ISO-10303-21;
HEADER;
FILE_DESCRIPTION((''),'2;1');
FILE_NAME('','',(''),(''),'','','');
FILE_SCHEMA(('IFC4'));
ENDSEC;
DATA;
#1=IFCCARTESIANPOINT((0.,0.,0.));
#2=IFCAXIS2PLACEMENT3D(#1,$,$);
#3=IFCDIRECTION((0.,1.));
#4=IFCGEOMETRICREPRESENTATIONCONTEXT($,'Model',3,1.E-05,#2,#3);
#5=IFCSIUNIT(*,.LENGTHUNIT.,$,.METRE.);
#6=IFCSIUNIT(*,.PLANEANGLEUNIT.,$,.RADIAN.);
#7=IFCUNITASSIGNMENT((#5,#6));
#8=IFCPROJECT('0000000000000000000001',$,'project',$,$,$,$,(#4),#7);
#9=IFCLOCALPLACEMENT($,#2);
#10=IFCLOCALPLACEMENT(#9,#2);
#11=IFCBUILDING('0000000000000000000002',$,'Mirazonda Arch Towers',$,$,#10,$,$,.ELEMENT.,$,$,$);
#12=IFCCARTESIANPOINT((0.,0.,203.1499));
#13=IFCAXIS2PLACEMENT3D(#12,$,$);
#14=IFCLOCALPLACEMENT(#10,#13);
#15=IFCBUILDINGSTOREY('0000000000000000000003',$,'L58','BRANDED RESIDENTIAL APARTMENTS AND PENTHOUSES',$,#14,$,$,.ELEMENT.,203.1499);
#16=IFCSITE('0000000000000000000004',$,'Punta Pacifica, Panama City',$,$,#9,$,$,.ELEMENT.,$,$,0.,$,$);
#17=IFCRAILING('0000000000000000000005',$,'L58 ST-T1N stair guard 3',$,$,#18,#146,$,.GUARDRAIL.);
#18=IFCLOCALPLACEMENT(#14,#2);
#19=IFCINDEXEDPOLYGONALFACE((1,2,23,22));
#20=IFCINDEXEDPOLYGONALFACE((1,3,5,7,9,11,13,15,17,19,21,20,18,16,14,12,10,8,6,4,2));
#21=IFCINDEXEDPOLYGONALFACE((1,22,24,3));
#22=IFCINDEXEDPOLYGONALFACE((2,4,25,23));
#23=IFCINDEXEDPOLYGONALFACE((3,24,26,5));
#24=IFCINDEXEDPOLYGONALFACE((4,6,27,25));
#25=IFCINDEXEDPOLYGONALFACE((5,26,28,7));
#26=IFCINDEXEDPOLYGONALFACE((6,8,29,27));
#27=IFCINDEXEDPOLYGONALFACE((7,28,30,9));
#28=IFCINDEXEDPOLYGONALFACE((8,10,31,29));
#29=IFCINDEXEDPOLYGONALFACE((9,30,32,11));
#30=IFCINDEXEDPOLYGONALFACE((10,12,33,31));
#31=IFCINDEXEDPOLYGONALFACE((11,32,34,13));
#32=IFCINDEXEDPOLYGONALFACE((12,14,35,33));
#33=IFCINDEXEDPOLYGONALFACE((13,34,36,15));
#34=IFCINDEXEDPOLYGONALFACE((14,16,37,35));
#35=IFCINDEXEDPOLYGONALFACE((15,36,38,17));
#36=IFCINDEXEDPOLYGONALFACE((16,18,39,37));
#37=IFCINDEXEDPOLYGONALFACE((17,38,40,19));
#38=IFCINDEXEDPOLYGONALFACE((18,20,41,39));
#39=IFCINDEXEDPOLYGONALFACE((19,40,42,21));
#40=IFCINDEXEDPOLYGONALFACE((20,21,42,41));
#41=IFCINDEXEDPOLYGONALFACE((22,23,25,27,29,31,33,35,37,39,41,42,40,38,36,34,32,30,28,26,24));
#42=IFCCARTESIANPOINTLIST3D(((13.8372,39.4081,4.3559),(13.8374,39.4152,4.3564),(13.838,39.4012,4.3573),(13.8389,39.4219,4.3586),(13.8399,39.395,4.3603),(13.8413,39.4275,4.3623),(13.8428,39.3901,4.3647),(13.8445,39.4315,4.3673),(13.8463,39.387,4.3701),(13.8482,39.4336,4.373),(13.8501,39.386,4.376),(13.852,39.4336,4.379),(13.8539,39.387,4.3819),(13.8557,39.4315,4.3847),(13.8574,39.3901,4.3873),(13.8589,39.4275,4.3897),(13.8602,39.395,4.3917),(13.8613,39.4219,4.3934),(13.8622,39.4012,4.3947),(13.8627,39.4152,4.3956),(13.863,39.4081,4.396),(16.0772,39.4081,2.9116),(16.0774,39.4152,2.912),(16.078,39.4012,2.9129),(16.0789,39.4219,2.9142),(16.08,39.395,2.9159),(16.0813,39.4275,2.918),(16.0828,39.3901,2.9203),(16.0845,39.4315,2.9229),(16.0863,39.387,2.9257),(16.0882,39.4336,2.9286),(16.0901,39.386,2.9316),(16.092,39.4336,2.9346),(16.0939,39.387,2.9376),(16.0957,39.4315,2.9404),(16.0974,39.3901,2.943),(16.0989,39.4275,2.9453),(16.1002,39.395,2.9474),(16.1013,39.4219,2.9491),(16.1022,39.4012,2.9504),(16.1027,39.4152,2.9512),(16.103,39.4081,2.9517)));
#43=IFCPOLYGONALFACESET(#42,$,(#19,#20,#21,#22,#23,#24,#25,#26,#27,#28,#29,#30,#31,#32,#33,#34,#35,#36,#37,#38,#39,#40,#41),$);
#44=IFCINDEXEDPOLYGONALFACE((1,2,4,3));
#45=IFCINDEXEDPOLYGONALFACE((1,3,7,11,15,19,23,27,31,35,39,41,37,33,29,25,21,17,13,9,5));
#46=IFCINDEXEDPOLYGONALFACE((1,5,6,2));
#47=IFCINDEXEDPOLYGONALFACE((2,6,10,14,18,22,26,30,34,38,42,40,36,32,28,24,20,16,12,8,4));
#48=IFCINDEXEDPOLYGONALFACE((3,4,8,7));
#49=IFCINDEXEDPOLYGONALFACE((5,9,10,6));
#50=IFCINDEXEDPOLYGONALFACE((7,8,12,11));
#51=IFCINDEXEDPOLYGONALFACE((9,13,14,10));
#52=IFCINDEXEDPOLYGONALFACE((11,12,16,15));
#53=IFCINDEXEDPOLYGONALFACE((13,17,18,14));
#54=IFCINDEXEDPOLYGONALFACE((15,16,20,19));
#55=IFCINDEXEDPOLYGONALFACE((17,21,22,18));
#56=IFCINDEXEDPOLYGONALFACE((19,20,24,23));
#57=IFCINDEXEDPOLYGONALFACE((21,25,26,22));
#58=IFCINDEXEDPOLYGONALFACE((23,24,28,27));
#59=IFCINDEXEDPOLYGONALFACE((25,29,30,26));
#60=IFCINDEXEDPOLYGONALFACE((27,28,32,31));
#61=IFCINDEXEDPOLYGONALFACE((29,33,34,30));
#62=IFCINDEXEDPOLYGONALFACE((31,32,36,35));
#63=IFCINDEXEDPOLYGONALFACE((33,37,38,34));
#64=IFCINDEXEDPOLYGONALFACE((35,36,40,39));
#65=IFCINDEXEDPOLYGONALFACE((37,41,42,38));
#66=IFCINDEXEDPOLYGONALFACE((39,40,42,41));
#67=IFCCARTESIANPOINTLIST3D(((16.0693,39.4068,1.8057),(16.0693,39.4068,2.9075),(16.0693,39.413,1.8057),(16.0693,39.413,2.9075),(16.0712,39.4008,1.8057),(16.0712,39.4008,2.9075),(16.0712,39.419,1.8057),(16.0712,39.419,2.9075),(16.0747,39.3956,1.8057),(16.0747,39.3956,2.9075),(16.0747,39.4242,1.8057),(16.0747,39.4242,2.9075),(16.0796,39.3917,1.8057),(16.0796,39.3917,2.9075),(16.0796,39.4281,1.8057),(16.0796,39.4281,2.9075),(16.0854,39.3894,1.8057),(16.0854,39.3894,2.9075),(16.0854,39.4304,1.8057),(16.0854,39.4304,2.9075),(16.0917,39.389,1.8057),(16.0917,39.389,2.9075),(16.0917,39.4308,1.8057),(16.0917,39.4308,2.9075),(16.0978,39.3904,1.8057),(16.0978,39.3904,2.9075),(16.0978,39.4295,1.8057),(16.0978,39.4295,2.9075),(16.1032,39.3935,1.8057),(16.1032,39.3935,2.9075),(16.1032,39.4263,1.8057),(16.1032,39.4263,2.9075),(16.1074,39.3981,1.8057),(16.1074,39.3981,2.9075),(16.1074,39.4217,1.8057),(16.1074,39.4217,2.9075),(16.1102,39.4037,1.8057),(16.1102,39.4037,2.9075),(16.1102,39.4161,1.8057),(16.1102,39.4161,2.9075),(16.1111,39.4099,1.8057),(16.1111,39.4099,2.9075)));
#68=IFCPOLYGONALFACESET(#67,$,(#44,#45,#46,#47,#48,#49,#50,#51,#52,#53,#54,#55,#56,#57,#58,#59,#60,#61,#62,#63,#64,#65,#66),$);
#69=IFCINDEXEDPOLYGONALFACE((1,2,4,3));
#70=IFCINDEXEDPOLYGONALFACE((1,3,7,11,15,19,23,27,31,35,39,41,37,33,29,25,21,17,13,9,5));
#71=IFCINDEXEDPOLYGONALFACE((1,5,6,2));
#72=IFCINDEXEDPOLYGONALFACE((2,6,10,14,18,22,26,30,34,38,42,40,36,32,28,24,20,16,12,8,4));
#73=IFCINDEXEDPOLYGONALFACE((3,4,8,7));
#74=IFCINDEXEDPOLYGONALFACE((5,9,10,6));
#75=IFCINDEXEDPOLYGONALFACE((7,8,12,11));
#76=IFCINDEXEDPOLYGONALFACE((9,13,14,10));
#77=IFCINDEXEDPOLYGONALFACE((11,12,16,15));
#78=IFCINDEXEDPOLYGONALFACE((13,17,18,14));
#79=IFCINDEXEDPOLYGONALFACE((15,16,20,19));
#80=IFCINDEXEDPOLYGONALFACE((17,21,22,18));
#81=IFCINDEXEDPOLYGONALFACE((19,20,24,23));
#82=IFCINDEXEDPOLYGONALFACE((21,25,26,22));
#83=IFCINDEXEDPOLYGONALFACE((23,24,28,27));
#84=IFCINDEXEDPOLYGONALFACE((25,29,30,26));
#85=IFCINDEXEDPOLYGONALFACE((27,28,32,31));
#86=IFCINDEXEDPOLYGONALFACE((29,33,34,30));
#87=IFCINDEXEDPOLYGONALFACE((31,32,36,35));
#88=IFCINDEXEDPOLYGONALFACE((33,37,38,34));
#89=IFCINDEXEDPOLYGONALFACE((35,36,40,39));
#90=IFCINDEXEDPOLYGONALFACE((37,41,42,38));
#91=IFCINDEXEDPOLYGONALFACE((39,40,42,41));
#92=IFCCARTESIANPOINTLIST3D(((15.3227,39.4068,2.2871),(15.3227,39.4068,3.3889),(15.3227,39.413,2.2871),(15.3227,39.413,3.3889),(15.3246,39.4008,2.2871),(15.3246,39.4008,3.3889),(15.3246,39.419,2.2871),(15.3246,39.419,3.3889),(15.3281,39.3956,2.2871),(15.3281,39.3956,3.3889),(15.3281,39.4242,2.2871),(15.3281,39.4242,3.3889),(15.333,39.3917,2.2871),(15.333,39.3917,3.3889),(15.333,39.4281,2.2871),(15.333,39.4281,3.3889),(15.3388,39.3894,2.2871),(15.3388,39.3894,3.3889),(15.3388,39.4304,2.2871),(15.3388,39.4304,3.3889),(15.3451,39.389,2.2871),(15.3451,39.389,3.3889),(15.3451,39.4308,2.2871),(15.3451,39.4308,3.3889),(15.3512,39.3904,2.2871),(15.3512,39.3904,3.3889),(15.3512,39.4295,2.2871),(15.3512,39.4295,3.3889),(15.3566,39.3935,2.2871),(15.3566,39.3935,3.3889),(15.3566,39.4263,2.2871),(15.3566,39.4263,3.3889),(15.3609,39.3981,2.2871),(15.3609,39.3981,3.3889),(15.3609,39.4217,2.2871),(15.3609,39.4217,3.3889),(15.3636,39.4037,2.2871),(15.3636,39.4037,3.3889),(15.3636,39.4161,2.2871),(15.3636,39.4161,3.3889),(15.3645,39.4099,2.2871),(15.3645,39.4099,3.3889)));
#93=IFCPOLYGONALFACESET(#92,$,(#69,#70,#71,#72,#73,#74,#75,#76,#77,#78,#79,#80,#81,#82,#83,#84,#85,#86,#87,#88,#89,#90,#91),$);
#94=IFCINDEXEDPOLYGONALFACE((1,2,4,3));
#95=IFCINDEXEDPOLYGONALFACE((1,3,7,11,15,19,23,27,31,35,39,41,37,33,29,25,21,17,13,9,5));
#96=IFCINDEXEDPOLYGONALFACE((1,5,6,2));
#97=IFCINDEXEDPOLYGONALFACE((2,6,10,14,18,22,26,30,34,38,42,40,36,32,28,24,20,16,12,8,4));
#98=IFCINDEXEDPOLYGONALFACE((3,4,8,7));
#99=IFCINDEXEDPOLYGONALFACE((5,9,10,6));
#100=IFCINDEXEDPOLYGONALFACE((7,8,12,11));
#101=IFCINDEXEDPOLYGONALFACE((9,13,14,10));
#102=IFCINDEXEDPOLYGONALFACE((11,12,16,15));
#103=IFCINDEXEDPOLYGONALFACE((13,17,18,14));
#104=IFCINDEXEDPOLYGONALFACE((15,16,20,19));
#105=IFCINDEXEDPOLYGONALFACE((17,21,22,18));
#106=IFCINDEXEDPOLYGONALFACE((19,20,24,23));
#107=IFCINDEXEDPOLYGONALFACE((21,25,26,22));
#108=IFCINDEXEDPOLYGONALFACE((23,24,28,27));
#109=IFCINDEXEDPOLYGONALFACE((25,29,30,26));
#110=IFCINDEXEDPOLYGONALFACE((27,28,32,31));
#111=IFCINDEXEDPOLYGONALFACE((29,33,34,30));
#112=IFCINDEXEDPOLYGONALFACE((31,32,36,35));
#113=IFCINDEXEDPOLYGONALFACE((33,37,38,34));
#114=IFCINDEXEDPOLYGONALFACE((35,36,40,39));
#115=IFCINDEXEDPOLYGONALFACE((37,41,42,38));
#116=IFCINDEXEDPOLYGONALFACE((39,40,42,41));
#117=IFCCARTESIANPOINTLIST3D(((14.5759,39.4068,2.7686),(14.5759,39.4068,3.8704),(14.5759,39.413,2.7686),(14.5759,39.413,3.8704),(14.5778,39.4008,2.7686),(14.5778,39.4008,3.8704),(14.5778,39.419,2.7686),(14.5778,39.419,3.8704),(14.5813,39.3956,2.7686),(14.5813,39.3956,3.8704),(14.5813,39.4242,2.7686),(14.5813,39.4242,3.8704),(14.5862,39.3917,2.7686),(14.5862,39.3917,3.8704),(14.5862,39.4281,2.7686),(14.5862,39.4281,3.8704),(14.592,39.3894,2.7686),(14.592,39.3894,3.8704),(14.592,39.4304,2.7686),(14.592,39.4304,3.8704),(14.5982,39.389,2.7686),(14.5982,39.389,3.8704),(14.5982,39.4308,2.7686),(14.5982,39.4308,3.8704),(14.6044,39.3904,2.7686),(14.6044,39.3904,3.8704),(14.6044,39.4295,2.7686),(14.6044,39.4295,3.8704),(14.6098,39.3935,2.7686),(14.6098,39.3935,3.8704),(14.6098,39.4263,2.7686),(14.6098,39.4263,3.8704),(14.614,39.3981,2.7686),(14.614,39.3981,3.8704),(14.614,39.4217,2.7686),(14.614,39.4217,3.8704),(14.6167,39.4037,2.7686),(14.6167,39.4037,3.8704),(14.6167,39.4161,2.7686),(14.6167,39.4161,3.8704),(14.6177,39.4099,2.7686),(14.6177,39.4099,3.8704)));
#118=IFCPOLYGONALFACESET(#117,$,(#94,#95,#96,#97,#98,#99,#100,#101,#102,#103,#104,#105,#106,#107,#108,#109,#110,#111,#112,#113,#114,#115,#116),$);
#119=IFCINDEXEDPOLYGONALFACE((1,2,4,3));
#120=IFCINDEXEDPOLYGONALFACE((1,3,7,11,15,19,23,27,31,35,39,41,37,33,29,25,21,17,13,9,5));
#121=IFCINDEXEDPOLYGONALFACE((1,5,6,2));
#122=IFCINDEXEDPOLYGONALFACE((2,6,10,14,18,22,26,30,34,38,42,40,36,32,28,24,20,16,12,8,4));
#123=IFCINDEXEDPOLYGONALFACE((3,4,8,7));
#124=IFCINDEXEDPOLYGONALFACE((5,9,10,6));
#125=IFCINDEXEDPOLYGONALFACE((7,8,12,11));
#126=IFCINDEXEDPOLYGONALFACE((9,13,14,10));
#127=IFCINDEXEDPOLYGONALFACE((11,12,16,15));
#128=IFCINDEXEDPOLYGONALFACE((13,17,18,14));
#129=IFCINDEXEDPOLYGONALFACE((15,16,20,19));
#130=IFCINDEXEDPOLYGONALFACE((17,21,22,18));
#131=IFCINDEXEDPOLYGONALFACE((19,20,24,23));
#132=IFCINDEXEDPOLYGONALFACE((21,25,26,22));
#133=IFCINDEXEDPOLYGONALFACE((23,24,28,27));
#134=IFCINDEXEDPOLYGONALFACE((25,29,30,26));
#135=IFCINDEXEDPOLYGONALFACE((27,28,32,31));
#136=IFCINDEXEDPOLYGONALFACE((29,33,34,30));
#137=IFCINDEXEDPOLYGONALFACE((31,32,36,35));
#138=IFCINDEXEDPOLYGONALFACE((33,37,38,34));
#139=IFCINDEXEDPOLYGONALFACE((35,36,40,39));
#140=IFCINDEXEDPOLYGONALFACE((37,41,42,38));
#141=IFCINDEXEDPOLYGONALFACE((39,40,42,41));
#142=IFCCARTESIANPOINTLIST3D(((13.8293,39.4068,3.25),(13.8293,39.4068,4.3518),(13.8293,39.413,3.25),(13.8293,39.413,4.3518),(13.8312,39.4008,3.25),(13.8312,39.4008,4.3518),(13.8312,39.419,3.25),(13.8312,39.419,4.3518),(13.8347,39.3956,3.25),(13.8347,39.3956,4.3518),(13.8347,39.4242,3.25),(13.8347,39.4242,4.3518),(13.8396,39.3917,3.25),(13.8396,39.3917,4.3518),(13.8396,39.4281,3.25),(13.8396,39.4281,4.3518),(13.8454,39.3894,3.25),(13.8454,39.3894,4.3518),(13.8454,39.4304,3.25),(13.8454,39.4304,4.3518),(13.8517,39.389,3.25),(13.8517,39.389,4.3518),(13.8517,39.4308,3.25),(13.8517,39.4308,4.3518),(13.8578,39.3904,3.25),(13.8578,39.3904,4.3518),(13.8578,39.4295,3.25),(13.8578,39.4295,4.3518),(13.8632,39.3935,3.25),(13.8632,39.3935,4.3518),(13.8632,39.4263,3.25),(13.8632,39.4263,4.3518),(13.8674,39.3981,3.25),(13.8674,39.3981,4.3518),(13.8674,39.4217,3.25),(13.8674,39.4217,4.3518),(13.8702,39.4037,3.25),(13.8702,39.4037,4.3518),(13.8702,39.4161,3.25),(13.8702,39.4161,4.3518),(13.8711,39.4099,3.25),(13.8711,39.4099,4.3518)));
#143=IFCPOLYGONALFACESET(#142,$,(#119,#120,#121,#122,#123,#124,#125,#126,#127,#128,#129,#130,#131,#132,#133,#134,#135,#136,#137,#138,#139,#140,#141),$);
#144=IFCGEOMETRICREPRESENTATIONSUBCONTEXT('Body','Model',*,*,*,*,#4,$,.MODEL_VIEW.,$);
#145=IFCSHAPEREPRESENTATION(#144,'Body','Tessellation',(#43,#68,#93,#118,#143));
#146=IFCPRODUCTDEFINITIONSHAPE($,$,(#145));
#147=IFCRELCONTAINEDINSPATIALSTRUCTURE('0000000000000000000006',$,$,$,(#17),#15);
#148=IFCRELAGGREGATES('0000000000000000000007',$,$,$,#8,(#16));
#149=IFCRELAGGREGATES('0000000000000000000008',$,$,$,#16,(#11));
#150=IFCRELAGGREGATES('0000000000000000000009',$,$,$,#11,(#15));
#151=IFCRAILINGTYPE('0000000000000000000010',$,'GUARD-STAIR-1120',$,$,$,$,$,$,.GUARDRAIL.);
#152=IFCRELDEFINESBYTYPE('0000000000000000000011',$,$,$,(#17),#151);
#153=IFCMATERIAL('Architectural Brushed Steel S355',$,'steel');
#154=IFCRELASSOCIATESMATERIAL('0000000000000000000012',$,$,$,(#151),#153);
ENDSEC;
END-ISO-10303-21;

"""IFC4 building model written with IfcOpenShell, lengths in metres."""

from ifc_helpers import new_model, si_unit, direction, frame, origin, origin_2d, place, context, subcontext, project, spatial, circle, extrude, material, type_object, element, save


model = new_model("IFC4")

# Units and contexts
model_context = context("Model", 3, precision=1e-05, world=origin(), true_north=direction((0.0, 1.0)))
body_context = subcontext(model_context, "Body", "Model", "MODEL_VIEW")
ifc_project = project(units=[si_unit("LENGTHUNIT", "METRE"), si_unit("PLANEANGLEUNIT", "RADIAN")], contexts=[model_context])

# Site, building, storey
site_placement = place(None, origin())
site = spatial("IfcSite", under=ifc_project, at=site_placement, Name="Punta Pacifica, Panama City", CompositionType="ELEMENT", RefElevation=0.0)
building_placement = place(site_placement, origin())
building = spatial("IfcBuilding", under=site, at=building_placement, Name="Mirazonda Arch Towers", CompositionType="ELEMENT")
storey_placement = place(building_placement, frame((0.0, 0.0, 203.1499)))
storey = spatial("IfcBuildingStorey", under=building, at=storey_placement, Name="L58", Description="BRANDED RESIDENTIAL APARTMENTS AND PENTHOUSES", CompositionType="ELEMENT", Elevation=203.1499)

# Railing
ifc_material_1 = material(Name="Architectural Brushed Steel S355", Category="steel")
railing_type_1 = type_object("IfcRailingType", Name="GUARD-STAIR-1120", PredefinedType="GUARDRAIL", material=ifc_material_1)
railing_1_placement = place(storey_placement, frame((16.0901, 39.4099, 1.8057)))
element("IfcRailing", 1, at=railing_1_placement, inside=storey, type_object=railing_type_1, Name="L58 ST-T1N stair guard 3", PredefinedType="GUARDRAIL", context=body_context, shape_type="SweptSolid", body=[
    extrude(circle(Radius=0.0239, at=origin_2d()), frame((0.0, 0.0, 1.126), z_axis=(-0.840437, 0.0, 0.54191), x_axis=(0.0, -1.0, 0.0)), (0.0, 0.0, 1.0), 2.6653),
    extrude(circle(Radius=0.021, at=origin_2d()), origin(), (0.0, 0.0, 1.0), 1.1018),
    extrude(circle(Radius=0.021, at=origin_2d()), frame((-0.7466, 0.0, 0.4814)), (0.0, 0.0, 1.0), 1.1018),
    extrude(circle(Radius=0.021, at=origin_2d()), frame((-1.4934, 0.0, 0.9629)), (0.0, 0.0, 1.0), 1.1018),
    extrude(circle(Radius=0.021, at=origin_2d()), frame((-2.24, 0.0, 1.4443)), (0.0, 0.0, 1.0), 1.1018),
])

save(model, "model.ifc")
